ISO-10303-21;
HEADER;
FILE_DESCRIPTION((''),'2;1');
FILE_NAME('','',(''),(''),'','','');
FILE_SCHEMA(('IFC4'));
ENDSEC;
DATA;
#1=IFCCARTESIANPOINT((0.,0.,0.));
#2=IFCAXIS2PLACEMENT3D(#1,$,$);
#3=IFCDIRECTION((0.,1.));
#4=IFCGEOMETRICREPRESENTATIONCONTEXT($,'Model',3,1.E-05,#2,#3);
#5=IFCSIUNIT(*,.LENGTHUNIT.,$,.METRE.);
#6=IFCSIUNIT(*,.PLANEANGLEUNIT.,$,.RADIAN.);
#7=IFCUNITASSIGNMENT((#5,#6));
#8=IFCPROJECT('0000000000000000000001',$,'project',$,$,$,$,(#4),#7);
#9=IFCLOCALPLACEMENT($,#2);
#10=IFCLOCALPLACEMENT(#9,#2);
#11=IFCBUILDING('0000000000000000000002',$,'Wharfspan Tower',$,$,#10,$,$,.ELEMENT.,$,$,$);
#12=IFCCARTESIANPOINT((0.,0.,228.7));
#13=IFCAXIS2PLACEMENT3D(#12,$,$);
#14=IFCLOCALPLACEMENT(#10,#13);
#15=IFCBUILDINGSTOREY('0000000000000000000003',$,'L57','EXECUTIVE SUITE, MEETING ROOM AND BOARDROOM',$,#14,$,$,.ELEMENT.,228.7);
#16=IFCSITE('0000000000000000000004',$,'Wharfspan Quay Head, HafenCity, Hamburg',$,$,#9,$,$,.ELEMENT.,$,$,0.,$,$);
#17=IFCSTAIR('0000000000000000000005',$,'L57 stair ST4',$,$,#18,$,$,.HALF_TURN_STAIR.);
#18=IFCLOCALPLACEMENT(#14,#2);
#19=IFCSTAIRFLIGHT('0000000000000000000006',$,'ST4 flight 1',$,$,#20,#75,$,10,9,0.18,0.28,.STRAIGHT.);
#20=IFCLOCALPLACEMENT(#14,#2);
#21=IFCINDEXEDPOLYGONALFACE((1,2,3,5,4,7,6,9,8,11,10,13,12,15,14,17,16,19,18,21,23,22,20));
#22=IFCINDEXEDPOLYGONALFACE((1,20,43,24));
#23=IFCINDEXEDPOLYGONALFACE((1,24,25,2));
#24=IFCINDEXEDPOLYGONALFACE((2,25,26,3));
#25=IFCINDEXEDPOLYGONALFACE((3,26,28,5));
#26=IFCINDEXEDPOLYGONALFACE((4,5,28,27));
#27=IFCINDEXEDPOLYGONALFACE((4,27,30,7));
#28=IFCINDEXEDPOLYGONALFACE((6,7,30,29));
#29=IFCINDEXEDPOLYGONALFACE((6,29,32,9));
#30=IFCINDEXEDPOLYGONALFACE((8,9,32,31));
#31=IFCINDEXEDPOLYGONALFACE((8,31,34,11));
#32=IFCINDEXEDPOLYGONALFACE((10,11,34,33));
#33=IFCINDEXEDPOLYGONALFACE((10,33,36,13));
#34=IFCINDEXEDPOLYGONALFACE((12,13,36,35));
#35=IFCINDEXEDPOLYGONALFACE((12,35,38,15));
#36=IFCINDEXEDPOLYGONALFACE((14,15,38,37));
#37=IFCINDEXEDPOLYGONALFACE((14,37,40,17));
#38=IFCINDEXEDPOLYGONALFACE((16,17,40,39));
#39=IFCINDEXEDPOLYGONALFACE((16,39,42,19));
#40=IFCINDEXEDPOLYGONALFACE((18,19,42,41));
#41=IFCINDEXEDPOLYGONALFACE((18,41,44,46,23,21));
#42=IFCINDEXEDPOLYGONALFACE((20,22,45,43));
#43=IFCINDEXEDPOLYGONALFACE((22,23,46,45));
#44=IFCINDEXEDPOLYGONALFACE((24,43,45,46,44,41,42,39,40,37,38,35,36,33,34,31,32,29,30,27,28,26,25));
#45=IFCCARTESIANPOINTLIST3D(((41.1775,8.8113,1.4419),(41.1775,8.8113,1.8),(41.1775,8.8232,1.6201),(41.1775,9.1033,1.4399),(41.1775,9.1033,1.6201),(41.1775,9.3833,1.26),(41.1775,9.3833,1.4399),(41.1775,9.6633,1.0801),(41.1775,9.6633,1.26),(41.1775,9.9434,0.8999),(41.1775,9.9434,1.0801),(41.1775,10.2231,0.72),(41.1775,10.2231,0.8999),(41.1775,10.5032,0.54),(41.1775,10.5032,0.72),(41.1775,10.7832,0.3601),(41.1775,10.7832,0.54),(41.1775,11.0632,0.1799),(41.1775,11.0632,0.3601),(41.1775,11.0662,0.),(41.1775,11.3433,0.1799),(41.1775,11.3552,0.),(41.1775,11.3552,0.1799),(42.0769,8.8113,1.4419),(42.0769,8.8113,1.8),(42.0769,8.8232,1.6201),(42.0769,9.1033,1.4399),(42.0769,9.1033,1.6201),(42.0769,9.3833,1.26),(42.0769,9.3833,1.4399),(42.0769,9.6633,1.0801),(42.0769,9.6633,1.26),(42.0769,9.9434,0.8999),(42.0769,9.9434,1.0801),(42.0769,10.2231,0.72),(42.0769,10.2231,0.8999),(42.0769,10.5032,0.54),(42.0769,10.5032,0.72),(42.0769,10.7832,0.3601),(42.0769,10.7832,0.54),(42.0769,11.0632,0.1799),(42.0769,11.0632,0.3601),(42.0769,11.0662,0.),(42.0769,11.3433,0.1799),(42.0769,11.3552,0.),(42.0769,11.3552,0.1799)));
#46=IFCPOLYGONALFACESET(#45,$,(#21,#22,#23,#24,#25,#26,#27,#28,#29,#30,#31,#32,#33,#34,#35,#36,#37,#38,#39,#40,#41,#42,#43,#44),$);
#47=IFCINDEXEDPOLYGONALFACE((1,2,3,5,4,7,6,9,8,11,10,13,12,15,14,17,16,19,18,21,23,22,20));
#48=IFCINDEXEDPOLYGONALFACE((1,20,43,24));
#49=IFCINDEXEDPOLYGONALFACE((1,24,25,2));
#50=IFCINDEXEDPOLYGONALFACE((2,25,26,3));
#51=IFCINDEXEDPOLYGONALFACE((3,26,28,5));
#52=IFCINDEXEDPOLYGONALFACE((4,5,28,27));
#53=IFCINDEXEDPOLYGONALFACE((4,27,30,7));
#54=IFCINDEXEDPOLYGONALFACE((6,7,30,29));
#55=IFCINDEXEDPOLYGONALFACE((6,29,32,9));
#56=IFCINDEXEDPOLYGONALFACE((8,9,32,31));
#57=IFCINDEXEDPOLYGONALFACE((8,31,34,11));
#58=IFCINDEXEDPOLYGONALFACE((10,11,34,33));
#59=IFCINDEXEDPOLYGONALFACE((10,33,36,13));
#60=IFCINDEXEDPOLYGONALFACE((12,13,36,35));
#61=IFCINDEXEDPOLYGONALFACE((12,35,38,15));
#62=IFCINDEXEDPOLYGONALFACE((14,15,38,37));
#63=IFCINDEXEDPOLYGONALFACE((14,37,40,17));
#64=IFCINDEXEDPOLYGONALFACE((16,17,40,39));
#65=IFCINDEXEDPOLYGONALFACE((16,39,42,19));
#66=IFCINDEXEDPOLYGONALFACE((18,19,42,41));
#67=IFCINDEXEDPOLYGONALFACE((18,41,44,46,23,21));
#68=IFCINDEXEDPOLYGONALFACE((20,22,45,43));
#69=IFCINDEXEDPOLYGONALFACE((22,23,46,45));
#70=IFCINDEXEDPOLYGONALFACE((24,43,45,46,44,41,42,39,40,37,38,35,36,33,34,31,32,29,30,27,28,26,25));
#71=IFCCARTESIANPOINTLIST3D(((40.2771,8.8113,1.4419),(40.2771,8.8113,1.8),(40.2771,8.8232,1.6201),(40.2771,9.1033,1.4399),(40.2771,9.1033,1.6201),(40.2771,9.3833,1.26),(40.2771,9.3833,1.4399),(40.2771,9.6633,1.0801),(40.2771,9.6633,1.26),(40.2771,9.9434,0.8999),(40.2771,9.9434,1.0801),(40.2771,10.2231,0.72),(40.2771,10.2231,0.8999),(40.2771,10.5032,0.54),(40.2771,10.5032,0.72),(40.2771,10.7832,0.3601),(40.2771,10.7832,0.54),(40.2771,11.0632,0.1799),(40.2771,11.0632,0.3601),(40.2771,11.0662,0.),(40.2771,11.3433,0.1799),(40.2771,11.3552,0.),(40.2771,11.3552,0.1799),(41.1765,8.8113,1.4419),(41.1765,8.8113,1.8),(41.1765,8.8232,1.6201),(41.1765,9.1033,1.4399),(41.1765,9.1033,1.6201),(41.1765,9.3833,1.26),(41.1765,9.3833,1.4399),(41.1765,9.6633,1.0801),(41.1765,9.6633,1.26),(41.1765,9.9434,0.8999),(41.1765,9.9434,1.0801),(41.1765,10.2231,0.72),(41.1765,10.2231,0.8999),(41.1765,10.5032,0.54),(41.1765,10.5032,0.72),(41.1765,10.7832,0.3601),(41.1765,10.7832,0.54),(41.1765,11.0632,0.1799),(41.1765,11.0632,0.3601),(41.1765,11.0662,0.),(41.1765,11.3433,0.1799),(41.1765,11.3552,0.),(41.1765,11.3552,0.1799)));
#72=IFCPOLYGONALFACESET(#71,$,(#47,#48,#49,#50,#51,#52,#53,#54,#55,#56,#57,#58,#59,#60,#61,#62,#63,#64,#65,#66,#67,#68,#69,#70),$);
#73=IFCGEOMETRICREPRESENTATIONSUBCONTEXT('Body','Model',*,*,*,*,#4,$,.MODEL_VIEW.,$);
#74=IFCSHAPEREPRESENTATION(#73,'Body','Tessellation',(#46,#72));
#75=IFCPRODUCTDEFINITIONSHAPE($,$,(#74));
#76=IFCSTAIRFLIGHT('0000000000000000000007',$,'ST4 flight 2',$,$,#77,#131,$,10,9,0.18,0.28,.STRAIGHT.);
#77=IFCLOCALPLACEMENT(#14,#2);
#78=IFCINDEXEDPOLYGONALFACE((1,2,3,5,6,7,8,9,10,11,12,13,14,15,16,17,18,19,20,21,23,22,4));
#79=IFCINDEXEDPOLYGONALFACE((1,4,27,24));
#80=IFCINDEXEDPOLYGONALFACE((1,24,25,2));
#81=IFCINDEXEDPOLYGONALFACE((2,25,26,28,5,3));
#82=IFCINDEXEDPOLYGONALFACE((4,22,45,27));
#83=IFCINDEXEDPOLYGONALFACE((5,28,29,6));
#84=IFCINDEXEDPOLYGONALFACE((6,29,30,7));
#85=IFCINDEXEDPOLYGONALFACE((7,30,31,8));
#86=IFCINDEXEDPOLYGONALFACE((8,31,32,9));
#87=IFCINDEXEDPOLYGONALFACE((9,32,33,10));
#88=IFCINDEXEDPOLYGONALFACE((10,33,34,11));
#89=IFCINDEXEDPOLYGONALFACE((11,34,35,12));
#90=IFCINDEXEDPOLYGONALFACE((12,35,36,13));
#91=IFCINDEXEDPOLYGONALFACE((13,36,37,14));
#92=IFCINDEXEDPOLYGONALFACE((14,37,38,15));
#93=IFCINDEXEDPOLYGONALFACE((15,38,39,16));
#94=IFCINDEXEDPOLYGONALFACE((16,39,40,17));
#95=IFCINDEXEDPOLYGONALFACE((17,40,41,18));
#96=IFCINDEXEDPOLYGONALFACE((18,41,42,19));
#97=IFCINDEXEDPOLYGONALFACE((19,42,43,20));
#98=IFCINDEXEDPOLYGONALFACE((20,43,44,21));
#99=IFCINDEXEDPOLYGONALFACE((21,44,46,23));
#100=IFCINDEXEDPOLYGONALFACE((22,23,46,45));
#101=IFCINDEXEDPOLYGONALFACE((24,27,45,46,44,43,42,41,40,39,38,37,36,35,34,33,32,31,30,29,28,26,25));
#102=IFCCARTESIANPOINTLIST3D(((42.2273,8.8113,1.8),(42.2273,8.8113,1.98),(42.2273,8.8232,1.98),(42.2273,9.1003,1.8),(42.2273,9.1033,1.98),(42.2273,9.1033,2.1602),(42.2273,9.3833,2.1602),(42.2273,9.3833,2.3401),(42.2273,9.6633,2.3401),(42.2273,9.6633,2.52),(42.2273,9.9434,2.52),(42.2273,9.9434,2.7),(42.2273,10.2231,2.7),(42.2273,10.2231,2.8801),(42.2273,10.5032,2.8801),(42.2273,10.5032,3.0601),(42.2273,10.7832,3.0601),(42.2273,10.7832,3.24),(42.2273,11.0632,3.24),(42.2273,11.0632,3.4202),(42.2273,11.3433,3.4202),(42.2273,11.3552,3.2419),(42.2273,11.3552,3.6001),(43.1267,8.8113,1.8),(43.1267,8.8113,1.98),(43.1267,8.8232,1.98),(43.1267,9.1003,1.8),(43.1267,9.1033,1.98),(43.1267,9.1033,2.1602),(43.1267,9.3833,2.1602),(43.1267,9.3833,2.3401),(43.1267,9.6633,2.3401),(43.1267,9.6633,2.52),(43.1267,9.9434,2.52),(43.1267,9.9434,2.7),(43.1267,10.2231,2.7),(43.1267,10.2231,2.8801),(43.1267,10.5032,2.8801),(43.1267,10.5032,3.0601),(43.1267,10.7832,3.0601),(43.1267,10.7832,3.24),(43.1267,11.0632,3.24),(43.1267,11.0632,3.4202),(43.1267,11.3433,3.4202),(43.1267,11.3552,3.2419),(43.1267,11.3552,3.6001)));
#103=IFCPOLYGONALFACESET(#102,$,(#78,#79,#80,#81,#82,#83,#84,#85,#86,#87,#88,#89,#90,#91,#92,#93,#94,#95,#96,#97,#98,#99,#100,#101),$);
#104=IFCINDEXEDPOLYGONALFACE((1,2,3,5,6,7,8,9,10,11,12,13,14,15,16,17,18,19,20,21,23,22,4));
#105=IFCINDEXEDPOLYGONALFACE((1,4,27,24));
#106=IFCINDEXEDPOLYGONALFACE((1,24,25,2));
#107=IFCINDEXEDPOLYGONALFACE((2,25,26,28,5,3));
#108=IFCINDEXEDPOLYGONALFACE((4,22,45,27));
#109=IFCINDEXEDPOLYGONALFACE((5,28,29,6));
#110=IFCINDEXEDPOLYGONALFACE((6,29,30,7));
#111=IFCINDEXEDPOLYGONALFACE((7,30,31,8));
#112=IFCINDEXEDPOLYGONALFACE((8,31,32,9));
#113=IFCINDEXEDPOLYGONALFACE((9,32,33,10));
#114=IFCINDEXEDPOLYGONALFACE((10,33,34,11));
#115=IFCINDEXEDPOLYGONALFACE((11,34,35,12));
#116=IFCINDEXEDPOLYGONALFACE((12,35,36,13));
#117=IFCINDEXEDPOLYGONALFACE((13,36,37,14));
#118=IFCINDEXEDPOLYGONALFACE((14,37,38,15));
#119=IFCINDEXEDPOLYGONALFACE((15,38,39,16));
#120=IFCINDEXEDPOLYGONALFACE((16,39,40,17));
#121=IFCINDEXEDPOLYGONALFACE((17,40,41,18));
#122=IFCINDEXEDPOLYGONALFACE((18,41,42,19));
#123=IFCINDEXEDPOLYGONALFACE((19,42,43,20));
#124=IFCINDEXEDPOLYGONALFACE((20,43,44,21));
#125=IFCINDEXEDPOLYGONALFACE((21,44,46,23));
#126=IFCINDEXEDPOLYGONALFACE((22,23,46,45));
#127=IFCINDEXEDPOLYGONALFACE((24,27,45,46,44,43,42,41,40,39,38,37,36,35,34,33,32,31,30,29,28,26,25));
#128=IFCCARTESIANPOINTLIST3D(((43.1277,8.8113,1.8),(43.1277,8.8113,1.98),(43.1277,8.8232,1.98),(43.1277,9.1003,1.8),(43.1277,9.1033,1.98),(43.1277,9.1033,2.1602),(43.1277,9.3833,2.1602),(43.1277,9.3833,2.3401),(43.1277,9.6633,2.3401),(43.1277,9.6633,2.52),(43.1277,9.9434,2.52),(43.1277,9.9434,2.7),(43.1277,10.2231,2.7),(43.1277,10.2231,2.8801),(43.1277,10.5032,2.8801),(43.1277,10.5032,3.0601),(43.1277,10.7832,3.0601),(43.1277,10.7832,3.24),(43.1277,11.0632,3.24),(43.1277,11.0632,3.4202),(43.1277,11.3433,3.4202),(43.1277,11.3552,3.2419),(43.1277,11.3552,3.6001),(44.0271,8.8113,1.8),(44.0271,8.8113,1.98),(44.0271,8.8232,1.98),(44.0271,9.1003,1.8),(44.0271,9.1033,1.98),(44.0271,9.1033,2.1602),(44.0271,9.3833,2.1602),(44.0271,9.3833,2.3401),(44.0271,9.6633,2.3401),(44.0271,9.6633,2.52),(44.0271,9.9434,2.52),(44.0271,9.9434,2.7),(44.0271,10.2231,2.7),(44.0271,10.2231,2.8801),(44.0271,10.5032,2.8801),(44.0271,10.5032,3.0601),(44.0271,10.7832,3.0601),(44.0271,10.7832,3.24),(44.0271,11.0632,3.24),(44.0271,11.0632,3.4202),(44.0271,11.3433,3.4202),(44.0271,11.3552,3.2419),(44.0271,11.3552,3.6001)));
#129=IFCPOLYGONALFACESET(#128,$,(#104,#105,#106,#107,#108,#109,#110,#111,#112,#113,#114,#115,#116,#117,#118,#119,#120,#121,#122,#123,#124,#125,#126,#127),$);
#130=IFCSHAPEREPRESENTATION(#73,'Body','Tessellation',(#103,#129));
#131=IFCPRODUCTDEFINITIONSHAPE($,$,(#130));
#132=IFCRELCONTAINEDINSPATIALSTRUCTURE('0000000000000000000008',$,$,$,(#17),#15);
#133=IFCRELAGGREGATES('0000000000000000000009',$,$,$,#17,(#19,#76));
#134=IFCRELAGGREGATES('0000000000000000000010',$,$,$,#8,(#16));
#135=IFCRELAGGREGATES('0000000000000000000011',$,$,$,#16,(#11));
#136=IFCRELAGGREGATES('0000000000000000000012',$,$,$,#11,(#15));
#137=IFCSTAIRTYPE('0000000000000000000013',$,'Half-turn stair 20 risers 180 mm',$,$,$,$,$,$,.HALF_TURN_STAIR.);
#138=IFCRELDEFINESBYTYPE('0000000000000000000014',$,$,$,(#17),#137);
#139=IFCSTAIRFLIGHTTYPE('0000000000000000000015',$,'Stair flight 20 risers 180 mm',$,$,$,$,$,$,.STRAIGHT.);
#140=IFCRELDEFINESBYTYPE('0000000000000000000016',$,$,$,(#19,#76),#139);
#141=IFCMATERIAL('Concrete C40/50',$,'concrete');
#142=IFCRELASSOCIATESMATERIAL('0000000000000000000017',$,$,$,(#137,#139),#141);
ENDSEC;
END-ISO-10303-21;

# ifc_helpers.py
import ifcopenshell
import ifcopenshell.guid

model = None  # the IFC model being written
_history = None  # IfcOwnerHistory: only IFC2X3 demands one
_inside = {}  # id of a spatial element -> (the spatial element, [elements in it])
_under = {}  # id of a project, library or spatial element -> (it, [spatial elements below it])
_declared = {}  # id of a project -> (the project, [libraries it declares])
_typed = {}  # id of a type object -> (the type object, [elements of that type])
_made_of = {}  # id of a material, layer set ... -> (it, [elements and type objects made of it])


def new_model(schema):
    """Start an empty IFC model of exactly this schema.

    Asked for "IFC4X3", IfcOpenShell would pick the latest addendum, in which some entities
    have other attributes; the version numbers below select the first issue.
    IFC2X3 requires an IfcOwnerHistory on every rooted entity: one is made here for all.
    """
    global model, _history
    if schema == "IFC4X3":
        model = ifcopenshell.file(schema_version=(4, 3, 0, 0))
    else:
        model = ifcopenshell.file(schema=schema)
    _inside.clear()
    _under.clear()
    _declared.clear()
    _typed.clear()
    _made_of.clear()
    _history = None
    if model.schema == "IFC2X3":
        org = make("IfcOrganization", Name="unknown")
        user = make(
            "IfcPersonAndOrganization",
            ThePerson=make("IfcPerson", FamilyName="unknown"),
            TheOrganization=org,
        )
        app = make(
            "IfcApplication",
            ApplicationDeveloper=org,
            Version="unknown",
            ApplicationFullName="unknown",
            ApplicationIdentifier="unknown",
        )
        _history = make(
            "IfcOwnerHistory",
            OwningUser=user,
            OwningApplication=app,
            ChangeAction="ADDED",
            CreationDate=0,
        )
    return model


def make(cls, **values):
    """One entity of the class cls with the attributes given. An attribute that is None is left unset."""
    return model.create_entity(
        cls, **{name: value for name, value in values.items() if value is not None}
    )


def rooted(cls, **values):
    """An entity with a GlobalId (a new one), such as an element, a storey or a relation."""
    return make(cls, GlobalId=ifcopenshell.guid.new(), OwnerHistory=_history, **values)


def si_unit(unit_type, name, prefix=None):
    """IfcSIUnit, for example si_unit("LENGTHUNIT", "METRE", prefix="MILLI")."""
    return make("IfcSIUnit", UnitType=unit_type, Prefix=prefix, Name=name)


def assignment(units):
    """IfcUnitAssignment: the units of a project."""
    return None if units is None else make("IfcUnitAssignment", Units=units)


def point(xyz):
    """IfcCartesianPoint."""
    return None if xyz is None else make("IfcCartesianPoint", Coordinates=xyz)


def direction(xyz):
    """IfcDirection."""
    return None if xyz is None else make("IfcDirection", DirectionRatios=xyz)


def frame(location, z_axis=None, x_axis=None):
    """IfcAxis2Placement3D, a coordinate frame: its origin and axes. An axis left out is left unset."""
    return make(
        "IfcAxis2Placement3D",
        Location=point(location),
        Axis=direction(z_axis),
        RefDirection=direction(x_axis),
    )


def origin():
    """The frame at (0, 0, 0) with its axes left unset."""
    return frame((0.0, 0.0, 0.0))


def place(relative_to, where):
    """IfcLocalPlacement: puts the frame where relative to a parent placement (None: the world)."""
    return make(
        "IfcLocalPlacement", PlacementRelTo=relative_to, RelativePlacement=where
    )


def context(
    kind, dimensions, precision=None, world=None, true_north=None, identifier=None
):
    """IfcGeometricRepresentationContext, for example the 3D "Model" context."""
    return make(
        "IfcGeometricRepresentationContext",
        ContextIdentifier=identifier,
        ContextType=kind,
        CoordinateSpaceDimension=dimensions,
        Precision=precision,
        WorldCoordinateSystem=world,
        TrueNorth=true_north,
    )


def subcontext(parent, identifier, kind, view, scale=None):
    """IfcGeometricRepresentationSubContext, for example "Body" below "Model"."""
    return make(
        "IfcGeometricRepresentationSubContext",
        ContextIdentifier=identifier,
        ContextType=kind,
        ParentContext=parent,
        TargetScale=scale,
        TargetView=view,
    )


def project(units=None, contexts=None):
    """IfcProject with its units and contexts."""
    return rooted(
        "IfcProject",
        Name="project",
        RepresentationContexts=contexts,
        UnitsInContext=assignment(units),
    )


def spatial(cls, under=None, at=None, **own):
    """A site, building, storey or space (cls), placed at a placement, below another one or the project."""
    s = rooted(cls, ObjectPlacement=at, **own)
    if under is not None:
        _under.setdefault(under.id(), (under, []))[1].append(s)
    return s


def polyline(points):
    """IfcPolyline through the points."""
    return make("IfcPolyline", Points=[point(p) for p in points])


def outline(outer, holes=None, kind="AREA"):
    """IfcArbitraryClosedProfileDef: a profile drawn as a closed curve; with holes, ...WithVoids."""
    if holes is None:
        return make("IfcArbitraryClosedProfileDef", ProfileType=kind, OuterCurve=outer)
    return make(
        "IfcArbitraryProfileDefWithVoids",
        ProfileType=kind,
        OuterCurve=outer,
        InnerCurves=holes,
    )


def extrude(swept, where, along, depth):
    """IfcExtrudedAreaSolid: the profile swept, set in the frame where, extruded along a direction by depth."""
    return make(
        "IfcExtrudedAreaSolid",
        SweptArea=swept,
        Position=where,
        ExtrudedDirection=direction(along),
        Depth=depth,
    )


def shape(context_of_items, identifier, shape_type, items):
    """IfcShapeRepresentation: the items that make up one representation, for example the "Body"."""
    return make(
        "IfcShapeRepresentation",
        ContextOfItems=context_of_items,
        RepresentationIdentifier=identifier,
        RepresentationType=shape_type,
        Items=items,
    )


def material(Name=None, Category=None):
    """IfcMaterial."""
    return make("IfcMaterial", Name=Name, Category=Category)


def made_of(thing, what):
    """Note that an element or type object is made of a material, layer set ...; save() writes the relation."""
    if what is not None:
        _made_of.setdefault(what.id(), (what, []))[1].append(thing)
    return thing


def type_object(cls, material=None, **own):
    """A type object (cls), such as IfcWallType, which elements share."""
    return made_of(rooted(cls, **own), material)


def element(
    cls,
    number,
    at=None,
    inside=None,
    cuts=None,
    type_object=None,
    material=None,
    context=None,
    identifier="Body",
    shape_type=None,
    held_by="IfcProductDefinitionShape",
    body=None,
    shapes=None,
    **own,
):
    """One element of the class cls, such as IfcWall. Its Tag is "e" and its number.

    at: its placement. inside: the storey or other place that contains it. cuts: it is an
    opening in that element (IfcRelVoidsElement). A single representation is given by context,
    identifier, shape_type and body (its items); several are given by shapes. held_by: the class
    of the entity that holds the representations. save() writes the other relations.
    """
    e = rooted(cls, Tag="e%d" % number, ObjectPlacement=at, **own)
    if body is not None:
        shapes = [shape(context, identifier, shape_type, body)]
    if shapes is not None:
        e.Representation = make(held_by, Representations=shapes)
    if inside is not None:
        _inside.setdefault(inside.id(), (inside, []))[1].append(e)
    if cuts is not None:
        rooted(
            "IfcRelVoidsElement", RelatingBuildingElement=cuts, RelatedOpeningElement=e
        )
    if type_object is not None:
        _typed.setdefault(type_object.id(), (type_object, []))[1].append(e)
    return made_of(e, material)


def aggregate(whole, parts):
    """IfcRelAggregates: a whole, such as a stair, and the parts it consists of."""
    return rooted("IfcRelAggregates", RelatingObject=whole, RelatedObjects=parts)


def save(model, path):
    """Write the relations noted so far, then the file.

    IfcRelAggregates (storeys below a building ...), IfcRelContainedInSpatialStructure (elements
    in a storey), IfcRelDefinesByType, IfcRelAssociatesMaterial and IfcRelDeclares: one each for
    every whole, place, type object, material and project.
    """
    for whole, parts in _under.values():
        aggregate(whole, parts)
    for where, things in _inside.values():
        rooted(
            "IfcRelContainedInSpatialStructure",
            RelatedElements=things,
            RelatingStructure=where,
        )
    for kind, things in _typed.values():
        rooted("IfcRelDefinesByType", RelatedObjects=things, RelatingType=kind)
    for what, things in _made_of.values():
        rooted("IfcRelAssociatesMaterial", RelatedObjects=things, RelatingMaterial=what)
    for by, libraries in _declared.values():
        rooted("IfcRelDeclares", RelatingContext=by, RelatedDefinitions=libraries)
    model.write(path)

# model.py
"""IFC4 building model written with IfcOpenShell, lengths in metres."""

from ifc_helpers import new_model, si_unit, direction, frame, origin, place, context, subcontext, project, spatial, polyline, outline, extrude, material, type_object, element, aggregate, save


model = new_model("IFC4")

# Units and contexts
model_context = context("Model", 3, precision=1e-05, world=origin(), true_north=direction((0.0, 1.0)))
body_context = subcontext(model_context, "Body", "Model", "MODEL_VIEW")
ifc_project = project(units=[si_unit("LENGTHUNIT", "METRE"), si_unit("PLANEANGLEUNIT", "RADIAN")], contexts=[model_context])

# Site, building, storey
site_placement = place(None, origin())
site = spatial("IfcSite", under=ifc_project, at=site_placement, Name="Wharfspan Quay Head, HafenCity, Hamburg", CompositionType="ELEMENT", RefElevation=0.0)
building_placement = place(site_placement, origin())
building = spatial("IfcBuilding", under=site, at=building_placement, Name="Wharfspan Tower", CompositionType="ELEMENT")
storey_placement = place(building_placement, frame((0.0, 0.0, 228.7)))
storey = spatial("IfcBuildingStorey", under=building, at=storey_placement, Name="L57", Description="EXECUTIVE SUITE, MEETING ROOM AND BOARDROOM", CompositionType="ELEMENT", Elevation=228.7)

# Shared definitions
ifc_material_1 = material(Name="Concrete C40/50", Category="concrete")

# Stair, stair flights
stair_type = type_object("IfcStairType", Name="Half-turn stair 20 risers 180 mm", PredefinedType="HALF_TURN_STAIR", material=ifc_material_1)
stair_placement = place(storey_placement, origin())
stair = element("IfcStair", 1, at=stair_placement, inside=storey, type_object=stair_type, Name="L57 stair ST4", PredefinedType="HALF_TURN_STAIR")
stair_flight_type = type_object("IfcStairFlightType", Name="Stair flight 20 risers 180 mm", PredefinedType="STRAIGHT", material=ifc_material_1)
stair_flight_1_placement = place(storey_placement, frame((41.177, 11.3433, 0.0), z_axis=(0.0, 0.0, 1.0), x_axis=(0.0, -1.0, 0.0)))
stair_flight_1 = element("IfcStairFlight", 2, at=stair_flight_1_placement, type_object=stair_flight_type, Name="ST4 flight 1", NumberOfRisers=10, NumberOfTreads=9, PredefinedType="STRAIGHT", RiserHeight=0.18, TreadLength=0.28, context=body_context, shape_type="SweptSolid", body=[
    extrude(outline(polyline([(-0.012, 0.0), (-0.012, 0.1799), (0.0, 0.1799), (0.28, 0.1799), (0.28, 0.3601), (0.5601, 0.3601), (0.5601, 0.54), (0.8401, 0.54), (0.8401, 0.72), (1.1201, 0.72), (1.1201, 0.8999), (1.3999, 0.8999), (1.3999, 1.0801), (1.6799, 1.0801), (1.6799, 1.26), (1.96, 1.26), (1.96, 1.4399), (2.24, 1.4399), (2.24, 1.6201), (2.52, 1.6201), (2.532, 1.8), (2.532, 1.4419), (0.2771, 0.0), (-0.012, 0.0)])), frame((0.0, 0.8999, 0.0), z_axis=(0.0, -1.0, 0.0), x_axis=(1.0, 0.0, 0.0)), (0.0, 0.0, 1.0), 0.8994),
    extrude(outline(polyline([(-0.012, 0.0), (-0.012, 0.1799), (0.0, 0.1799), (0.28, 0.1799), (0.28, 0.3601), (0.5601, 0.3601), (0.5601, 0.54), (0.8401, 0.54), (0.8401, 0.72), (1.1201, 0.72), (1.1201, 0.8999), (1.3999, 0.8999), (1.3999, 1.0801), (1.6799, 1.0801), (1.6799, 1.26), (1.96, 1.26), (1.96, 1.4399), (2.24, 1.4399), (2.24, 1.6201), (2.52, 1.6201), (2.532, 1.8), (2.532, 1.4419), (0.2771, 0.0), (-0.012, 0.0)])), frame((0.0, -0.0005, 0.0), z_axis=(0.0, -1.0, 0.0), x_axis=(1.0, 0.0, 0.0)), (0.0, 0.0, 1.0), 0.8994),
])
stair_flight_2_placement = place(storey_placement, frame((43.1272, 8.8232, 1.8), z_axis=(0.0, 0.0, 1.0), x_axis=(0.0, 1.0, 0.0)))
stair_flight_2 = element("IfcStairFlight", 3, at=stair_flight_2_placement, type_object=stair_flight_type, Name="ST4 flight 2", NumberOfRisers=10, NumberOfTreads=9, PredefinedType="STRAIGHT", RiserHeight=0.18, TreadLength=0.28, context=body_context, shape_type="SweptSolid", body=[
    extrude(outline(polyline([(-0.012, 0.0), (-0.012, 0.1799), (0.0, 0.1799), (0.28, 0.1799), (0.28, 0.3601), (0.5601, 0.3601), (0.5601, 0.54), (0.8401, 0.54), (0.8401, 0.72), (1.1201, 0.72), (1.1201, 0.8999), (1.3999, 0.8999), (1.3999, 1.0801), (1.6799, 1.0801), (1.6799, 1.26), (1.96, 1.26), (1.96, 1.4399), (2.24, 1.4399), (2.24, 1.6201), (2.52, 1.6201), (2.532, 1.8), (2.532, 1.4419), (0.2771, 0.0), (-0.012, 0.0)])), frame((0.0, 0.8999, 0.0), z_axis=(0.0, -1.0, 0.0), x_axis=(1.0, 0.0, 0.0)), (0.0, 0.0, 1.0), 0.8994),
    extrude(outline(polyline([(-0.012, 0.0), (-0.012, 0.1799), (0.0, 0.1799), (0.28, 0.1799), (0.28, 0.3601), (0.5601, 0.3601), (0.5601, 0.54), (0.8401, 0.54), (0.8401, 0.72), (1.1201, 0.72), (1.1201, 0.8999), (1.3999, 0.8999), (1.3999, 1.0801), (1.6799, 1.0801), (1.6799, 1.26), (1.96, 1.26), (1.96, 1.4399), (2.24, 1.4399), (2.24, 1.6201), (2.52, 1.6201), (2.532, 1.8), (2.532, 1.4419), (0.2771, 0.0), (-0.012, 0.0)])), frame((0.0, -0.0005, 0.0), z_axis=(0.0, -1.0, 0.0), x_axis=(1.0, 0.0, 0.0)), (0.0, 0.0, 1.0), 0.8994),
])
aggregate(stair, [stair_flight_1, stair_flight_2])

save(model, "model.ifc")
